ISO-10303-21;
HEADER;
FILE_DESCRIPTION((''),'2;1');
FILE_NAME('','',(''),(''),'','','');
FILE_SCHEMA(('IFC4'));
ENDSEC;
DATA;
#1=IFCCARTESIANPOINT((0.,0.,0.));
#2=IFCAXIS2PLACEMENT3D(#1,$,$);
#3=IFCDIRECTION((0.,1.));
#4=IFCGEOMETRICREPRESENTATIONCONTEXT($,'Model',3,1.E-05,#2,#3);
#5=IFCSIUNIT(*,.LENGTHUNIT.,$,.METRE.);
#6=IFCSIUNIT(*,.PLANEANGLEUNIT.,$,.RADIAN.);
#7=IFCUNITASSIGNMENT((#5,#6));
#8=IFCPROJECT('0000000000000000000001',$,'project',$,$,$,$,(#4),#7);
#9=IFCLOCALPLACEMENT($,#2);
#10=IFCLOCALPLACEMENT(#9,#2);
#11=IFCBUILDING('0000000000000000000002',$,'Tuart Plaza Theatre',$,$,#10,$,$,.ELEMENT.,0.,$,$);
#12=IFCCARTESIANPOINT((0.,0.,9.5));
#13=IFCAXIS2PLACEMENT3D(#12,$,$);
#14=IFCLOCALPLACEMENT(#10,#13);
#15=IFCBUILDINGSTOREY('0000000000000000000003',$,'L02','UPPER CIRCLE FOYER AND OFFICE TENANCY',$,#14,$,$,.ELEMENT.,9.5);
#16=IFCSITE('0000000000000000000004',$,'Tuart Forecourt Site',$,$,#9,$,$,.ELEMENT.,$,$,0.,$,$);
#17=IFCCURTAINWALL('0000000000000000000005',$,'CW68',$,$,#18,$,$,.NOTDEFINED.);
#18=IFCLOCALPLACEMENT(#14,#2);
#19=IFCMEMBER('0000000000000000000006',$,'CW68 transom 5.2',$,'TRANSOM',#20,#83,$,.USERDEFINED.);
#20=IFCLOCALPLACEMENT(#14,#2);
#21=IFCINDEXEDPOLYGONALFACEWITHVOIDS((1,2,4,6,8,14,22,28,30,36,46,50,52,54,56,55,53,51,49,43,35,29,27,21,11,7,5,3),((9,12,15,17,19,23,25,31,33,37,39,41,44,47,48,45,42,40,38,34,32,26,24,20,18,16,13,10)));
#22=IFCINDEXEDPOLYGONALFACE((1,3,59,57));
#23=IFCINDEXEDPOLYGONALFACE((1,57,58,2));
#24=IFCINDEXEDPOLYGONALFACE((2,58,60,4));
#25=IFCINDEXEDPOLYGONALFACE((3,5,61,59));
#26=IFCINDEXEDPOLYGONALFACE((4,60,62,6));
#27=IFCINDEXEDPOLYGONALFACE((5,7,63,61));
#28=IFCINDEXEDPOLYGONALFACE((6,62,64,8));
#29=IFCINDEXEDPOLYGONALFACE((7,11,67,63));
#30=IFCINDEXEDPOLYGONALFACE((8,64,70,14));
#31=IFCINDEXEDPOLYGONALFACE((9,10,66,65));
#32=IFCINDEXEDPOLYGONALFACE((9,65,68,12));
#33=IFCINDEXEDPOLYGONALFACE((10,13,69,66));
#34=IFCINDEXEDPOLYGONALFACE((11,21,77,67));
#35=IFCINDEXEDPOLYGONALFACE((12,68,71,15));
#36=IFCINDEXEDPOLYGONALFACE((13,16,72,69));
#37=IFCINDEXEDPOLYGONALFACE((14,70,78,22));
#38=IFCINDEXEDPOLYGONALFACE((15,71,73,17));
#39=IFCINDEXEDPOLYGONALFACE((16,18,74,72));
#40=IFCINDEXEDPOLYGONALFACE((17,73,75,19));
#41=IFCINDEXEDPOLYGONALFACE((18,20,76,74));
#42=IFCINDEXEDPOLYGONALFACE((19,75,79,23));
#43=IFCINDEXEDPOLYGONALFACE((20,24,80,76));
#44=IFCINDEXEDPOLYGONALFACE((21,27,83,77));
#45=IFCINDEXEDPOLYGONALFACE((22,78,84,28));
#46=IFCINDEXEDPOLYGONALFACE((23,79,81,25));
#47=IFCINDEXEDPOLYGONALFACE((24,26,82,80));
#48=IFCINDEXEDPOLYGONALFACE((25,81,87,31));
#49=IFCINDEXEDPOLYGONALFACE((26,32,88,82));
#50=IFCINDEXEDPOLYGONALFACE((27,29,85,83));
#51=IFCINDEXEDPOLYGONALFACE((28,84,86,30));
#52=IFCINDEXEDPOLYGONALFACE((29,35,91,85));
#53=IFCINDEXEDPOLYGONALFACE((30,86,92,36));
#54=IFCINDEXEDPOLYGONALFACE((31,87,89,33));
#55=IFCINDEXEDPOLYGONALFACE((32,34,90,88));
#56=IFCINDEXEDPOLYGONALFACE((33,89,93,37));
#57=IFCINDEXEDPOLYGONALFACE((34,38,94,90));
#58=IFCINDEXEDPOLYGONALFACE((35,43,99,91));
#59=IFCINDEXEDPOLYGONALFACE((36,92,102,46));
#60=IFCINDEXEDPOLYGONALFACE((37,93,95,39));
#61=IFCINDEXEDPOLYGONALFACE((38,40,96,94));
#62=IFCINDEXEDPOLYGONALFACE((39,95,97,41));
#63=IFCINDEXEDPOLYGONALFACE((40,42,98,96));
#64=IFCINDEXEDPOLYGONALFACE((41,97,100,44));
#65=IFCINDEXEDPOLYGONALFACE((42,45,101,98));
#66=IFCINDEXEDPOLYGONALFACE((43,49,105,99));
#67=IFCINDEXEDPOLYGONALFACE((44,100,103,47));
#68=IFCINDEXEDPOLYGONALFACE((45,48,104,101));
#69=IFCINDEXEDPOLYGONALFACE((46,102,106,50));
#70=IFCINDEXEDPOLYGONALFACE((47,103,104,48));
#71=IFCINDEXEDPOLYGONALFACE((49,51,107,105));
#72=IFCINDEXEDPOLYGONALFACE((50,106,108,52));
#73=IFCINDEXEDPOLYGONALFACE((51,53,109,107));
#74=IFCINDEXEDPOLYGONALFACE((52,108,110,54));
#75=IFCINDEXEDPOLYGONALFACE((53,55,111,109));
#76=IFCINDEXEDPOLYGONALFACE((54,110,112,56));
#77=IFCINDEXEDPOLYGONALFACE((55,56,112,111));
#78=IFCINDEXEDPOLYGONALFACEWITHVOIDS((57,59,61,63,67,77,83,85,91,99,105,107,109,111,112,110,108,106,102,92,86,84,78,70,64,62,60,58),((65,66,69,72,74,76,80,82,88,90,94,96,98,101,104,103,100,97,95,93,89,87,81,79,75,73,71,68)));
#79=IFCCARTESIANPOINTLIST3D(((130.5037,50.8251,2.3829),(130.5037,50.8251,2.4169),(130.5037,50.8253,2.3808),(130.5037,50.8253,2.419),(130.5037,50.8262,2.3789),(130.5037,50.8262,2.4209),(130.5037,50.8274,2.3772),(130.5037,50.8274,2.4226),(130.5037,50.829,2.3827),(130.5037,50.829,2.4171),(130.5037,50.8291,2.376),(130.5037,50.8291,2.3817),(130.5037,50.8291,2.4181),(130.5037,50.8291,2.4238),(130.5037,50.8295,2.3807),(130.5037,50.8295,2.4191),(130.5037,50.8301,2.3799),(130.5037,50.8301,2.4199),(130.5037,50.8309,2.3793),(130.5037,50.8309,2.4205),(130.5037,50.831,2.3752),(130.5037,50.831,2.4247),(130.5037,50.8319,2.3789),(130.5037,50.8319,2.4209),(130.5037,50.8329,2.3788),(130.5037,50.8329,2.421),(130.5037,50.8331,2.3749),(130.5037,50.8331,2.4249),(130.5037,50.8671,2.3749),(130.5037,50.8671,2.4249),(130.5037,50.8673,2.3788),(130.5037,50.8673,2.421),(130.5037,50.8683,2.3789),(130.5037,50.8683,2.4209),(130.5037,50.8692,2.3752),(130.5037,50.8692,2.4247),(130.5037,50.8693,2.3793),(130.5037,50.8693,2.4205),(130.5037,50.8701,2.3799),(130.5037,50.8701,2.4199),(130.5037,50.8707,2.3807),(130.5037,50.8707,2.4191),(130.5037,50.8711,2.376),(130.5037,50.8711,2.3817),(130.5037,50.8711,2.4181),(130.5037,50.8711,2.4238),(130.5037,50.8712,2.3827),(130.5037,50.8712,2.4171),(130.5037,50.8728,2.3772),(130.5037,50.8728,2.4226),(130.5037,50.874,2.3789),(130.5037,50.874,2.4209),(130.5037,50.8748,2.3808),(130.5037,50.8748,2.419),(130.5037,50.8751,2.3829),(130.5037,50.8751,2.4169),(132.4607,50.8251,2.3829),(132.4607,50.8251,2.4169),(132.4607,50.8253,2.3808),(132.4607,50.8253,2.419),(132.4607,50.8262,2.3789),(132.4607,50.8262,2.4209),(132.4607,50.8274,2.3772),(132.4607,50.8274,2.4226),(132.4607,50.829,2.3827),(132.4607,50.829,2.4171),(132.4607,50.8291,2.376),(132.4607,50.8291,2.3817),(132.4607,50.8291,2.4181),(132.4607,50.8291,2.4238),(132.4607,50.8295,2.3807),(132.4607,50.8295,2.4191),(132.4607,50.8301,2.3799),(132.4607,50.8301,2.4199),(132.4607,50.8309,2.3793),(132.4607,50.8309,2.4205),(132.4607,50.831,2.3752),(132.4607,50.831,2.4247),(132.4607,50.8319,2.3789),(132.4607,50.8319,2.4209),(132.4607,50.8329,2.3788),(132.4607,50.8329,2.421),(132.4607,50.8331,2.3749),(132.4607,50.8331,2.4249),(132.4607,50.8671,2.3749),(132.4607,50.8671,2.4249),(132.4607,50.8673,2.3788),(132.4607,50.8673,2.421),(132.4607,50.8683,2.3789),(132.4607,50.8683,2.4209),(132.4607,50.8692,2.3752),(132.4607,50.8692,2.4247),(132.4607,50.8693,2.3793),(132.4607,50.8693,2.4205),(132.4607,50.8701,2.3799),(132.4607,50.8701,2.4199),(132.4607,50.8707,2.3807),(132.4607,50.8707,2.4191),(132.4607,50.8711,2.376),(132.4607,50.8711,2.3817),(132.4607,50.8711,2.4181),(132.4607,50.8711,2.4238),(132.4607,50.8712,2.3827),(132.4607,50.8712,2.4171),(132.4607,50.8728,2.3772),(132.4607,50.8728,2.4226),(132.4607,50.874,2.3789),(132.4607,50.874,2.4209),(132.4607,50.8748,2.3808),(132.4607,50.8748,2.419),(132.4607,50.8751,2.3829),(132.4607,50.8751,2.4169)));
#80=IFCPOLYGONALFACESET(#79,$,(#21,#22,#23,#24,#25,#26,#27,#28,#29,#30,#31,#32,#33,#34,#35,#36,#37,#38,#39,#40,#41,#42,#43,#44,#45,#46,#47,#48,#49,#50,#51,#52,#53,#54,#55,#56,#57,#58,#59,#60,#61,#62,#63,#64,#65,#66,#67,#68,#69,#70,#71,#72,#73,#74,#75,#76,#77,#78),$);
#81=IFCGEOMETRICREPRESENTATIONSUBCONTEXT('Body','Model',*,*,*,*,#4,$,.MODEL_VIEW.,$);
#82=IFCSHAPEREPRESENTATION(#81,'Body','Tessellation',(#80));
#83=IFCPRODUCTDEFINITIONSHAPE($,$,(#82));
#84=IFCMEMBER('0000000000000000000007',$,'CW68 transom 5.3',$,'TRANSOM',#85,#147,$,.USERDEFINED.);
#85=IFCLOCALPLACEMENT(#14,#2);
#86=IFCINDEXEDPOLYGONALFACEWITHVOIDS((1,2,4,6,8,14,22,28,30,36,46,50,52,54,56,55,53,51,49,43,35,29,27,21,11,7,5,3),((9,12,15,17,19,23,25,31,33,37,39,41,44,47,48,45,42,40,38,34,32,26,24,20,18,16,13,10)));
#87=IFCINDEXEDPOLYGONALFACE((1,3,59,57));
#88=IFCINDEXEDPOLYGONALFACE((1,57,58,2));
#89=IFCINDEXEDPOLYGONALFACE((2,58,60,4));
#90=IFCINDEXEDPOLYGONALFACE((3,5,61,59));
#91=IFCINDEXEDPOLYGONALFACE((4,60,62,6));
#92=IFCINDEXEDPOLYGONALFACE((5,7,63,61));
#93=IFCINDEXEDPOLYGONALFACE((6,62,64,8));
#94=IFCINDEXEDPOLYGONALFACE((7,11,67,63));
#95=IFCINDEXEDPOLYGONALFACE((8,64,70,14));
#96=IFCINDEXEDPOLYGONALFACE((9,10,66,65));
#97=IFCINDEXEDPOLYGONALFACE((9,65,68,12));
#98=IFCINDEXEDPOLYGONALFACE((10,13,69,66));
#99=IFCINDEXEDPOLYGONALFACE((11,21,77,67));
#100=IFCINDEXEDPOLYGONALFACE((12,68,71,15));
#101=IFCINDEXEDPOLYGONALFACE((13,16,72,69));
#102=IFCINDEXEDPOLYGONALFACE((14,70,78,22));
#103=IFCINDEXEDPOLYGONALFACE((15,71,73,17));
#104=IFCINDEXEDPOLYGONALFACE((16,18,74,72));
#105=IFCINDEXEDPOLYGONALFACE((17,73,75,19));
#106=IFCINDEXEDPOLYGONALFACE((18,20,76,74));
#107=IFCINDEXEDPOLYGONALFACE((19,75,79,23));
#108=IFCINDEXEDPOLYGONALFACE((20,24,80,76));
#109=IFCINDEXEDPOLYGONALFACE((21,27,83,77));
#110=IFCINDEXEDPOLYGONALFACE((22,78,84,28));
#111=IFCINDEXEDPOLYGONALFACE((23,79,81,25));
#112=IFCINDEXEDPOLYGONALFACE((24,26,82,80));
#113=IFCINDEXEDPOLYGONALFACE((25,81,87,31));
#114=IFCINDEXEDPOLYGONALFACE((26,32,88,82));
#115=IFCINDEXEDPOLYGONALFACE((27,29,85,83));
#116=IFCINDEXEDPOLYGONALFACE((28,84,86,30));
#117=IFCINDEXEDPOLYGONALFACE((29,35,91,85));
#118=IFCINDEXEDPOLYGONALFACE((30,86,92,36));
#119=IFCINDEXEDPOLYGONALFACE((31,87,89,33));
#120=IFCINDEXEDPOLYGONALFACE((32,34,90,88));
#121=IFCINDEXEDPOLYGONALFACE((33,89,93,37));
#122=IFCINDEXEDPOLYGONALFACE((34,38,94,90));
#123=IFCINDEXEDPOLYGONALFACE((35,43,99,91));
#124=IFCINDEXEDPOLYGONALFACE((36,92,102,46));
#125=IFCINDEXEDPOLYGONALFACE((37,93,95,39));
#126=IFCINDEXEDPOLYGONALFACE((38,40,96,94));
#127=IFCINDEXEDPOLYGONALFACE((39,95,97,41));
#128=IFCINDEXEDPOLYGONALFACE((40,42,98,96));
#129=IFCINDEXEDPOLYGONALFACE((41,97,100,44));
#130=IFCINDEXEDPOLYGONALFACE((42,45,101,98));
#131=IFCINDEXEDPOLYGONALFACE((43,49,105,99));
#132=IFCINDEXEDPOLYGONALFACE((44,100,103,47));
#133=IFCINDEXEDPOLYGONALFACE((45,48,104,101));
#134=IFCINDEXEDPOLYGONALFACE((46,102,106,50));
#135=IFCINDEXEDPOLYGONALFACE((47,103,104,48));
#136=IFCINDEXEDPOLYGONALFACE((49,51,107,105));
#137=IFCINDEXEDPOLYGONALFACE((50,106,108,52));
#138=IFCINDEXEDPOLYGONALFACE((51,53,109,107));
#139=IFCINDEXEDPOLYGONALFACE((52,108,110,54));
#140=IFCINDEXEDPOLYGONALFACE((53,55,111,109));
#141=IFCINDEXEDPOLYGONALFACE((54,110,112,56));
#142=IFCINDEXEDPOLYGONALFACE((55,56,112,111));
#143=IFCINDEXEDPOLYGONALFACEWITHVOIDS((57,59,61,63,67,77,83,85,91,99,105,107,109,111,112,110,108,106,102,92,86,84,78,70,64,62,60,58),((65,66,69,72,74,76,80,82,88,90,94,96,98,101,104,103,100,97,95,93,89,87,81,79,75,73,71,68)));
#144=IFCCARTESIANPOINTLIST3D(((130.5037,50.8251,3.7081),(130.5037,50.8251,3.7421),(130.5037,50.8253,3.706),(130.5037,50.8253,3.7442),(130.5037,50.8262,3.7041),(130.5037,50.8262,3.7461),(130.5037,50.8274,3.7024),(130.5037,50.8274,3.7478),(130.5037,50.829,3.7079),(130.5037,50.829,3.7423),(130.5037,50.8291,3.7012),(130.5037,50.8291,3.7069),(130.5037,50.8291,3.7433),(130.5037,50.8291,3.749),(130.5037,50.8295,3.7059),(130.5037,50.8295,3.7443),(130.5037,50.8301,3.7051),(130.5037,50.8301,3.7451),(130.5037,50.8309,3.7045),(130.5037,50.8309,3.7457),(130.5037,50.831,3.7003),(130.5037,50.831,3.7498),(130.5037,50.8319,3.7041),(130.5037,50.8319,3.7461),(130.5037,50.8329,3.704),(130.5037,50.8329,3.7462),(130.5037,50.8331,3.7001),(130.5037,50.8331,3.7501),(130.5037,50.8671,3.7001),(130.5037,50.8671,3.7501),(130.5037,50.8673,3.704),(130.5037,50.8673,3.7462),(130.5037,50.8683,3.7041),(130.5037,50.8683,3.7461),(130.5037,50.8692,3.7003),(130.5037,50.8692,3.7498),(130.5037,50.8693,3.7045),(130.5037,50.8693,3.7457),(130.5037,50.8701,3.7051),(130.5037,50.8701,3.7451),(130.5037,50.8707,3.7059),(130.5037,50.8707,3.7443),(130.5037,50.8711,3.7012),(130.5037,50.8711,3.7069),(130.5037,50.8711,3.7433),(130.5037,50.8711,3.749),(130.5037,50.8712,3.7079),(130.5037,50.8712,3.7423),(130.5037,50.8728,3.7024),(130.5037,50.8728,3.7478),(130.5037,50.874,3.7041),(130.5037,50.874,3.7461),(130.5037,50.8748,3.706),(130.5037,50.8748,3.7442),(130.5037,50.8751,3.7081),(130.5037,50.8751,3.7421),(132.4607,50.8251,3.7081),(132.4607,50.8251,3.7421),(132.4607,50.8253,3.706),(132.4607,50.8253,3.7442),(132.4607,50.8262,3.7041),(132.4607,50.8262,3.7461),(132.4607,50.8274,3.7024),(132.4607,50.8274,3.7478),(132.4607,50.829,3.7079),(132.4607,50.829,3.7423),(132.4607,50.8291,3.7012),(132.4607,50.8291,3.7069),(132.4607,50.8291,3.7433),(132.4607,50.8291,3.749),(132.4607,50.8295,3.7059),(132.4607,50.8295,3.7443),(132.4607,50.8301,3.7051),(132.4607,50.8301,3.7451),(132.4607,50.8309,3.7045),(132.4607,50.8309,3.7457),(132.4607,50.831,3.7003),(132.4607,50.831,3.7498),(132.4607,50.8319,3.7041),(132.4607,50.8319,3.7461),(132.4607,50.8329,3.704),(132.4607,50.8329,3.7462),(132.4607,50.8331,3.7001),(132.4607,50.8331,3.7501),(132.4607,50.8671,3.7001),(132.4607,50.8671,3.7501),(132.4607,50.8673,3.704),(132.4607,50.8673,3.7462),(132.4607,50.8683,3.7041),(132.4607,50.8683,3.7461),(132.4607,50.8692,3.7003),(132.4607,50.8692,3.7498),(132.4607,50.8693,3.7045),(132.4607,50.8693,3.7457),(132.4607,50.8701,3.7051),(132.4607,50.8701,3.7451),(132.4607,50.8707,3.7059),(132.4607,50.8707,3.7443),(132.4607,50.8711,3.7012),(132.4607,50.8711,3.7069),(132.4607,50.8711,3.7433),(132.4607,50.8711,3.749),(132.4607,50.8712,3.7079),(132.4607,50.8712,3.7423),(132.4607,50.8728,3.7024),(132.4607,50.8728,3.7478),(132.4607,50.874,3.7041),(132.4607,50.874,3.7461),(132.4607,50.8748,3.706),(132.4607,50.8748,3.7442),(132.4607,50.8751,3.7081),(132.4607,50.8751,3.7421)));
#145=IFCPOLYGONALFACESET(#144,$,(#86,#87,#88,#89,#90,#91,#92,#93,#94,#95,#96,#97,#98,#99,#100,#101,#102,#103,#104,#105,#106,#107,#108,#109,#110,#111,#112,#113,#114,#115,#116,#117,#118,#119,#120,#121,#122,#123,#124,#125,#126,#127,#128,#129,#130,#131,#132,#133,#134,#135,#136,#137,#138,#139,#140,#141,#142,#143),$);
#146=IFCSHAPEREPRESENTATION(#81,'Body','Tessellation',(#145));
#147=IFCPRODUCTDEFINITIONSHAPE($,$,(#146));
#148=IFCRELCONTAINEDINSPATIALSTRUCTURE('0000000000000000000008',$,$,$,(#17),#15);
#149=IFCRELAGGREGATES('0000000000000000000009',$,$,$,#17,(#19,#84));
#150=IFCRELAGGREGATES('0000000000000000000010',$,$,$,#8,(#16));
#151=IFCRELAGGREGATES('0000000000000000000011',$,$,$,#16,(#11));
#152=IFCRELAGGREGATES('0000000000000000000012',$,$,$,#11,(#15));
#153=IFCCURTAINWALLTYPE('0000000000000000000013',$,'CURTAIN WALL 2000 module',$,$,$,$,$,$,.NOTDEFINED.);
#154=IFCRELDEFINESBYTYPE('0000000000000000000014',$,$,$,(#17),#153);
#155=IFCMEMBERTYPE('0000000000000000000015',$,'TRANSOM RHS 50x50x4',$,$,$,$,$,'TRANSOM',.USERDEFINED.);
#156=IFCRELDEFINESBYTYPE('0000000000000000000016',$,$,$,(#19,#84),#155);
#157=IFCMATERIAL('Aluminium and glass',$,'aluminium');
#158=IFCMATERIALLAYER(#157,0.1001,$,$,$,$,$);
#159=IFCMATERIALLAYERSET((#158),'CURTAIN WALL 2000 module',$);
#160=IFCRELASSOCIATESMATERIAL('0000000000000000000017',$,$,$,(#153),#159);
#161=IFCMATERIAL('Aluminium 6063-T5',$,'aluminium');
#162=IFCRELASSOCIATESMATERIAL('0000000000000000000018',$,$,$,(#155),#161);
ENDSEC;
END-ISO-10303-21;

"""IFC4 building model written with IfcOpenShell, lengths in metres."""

from ifc_helpers import new_model, si_unit, direction, frame, origin, origin_2d, place, context, subcontext, project, spatial, hollow_rectangle, extrude, material, layer, layer_set, material_profile, profile_set, type_object, element, aggregate, save


model = new_model("IFC4")

# Units and contexts
model_context = context("Model", 3, precision=1e-05, world=origin(), true_north=direction((0.0, 1.0)))
body_context = subcontext(model_context, "Body", "Model", "MODEL_VIEW")
ifc_project = project(units=[si_unit("LENGTHUNIT", "METRE"), si_unit("PLANEANGLEUNIT", "RADIAN")], contexts=[model_context])

# Site, building, storey
site_placement = place(None, origin())
site = spatial("IfcSite", under=ifc_project, at=site_placement, Name="Tuart Forecourt Site", CompositionType="ELEMENT", RefElevation=0.0)
building_placement = place(site_placement, origin())
building = spatial("IfcBuilding", under=site, at=building_placement, Name="Tuart Plaza Theatre", CompositionType="ELEMENT", ElevationOfRefHeight=0.0)
storey_placement = place(building_placement, frame((0.0, 0.0, 9.5)))
storey = spatial("IfcBuildingStorey", under=building, at=storey_placement, Name="L02", Description="UPPER CIRCLE FOYER AND OFFICE TENANCY", CompositionType="ELEMENT", Elevation=9.5)

# Curtain wall, members
ifc_material_1 = material(Name="Aluminium and glass", Category="aluminium")
ifc_layer_1 = layer(ifc_material_1, 0.1001)
ifc_layer_set_1 = layer_set([ifc_layer_1], Name="CURTAIN WALL 2000 module")
curtain_wall_type = type_object("IfcCurtainWallType", Name="CURTAIN WALL 2000 module", PredefinedType="NOTDEFINED", material=ifc_layer_set_1)
curtain_wall_placement = place(storey_placement, origin())
curtain_wall = element("IfcCurtainWall", 1, at=curtain_wall_placement, inside=storey, type_object=curtain_wall_type, Name="CW68", PredefinedType="NOTDEFINED")
ifc_material_2 = material(Name="Aluminium 6063-T5", Category="aluminium")
ifc_material_profile_1 = material_profile(ifc_material_2, hollow_rectangle(XDim=0.05, YDim=0.05, WallThickness=0.0039, InnerFilletRadius=0.0039, OuterFilletRadius=0.0081, at=origin_2d()), Name="RHS 50x50x4")
ifc_profile_set_1 = profile_set([ifc_material_profile_1], Name="Aluminium 6063-T5")
member_type_1 = type_object("IfcMemberType", Name="TRANSOM RHS 50x50x4", ElementType="TRANSOM", PredefinedType="USERDEFINED", material=ifc_profile_set_1)
member_1_placement = place(storey_placement, frame((130.5037, 50.8501, 2.3999), z_axis=(1.0, 0.0, 0.0), x_axis=(0.0, 1.0, 0.0)))
member_1 = element("IfcMember", 2, at=member_1_placement, type_object=member_type_1, Name="CW68 transom 5.2", ObjectType="TRANSOM", PredefinedType="USERDEFINED", context=body_context, shape_type="SweptSolid", body=[
    extrude(hollow_rectangle(XDim=0.05, YDim=0.05, WallThickness=0.0039, InnerFilletRadius=0.0039, OuterFilletRadius=0.0081, at=origin_2d()), origin(), (0.0, 0.0, 1.0), 1.957),
])
member_2_placement = place(storey_placement, frame((130.5037, 50.8501, 3.7251), z_axis=(1.0, 0.0, 0.0), x_axis=(0.0, 1.0, 0.0)))
member_2 = element("IfcMember", 3, at=member_2_placement, type_object=member_type_1, Name="CW68 transom 5.3", ObjectType="TRANSOM", PredefinedType="USERDEFINED", context=body_context, shape_type="SweptSolid", body=[
    extrude(hollow_rectangle(XDim=0.05, YDim=0.05, WallThickness=0.0039, InnerFilletRadius=0.0039, OuterFilletRadius=0.0081, at=origin_2d()), origin(), (0.0, 0.0, 1.0), 1.957),
])
aggregate(curtain_wall, [member_1, member_2])

save(model, "model.ifc")
